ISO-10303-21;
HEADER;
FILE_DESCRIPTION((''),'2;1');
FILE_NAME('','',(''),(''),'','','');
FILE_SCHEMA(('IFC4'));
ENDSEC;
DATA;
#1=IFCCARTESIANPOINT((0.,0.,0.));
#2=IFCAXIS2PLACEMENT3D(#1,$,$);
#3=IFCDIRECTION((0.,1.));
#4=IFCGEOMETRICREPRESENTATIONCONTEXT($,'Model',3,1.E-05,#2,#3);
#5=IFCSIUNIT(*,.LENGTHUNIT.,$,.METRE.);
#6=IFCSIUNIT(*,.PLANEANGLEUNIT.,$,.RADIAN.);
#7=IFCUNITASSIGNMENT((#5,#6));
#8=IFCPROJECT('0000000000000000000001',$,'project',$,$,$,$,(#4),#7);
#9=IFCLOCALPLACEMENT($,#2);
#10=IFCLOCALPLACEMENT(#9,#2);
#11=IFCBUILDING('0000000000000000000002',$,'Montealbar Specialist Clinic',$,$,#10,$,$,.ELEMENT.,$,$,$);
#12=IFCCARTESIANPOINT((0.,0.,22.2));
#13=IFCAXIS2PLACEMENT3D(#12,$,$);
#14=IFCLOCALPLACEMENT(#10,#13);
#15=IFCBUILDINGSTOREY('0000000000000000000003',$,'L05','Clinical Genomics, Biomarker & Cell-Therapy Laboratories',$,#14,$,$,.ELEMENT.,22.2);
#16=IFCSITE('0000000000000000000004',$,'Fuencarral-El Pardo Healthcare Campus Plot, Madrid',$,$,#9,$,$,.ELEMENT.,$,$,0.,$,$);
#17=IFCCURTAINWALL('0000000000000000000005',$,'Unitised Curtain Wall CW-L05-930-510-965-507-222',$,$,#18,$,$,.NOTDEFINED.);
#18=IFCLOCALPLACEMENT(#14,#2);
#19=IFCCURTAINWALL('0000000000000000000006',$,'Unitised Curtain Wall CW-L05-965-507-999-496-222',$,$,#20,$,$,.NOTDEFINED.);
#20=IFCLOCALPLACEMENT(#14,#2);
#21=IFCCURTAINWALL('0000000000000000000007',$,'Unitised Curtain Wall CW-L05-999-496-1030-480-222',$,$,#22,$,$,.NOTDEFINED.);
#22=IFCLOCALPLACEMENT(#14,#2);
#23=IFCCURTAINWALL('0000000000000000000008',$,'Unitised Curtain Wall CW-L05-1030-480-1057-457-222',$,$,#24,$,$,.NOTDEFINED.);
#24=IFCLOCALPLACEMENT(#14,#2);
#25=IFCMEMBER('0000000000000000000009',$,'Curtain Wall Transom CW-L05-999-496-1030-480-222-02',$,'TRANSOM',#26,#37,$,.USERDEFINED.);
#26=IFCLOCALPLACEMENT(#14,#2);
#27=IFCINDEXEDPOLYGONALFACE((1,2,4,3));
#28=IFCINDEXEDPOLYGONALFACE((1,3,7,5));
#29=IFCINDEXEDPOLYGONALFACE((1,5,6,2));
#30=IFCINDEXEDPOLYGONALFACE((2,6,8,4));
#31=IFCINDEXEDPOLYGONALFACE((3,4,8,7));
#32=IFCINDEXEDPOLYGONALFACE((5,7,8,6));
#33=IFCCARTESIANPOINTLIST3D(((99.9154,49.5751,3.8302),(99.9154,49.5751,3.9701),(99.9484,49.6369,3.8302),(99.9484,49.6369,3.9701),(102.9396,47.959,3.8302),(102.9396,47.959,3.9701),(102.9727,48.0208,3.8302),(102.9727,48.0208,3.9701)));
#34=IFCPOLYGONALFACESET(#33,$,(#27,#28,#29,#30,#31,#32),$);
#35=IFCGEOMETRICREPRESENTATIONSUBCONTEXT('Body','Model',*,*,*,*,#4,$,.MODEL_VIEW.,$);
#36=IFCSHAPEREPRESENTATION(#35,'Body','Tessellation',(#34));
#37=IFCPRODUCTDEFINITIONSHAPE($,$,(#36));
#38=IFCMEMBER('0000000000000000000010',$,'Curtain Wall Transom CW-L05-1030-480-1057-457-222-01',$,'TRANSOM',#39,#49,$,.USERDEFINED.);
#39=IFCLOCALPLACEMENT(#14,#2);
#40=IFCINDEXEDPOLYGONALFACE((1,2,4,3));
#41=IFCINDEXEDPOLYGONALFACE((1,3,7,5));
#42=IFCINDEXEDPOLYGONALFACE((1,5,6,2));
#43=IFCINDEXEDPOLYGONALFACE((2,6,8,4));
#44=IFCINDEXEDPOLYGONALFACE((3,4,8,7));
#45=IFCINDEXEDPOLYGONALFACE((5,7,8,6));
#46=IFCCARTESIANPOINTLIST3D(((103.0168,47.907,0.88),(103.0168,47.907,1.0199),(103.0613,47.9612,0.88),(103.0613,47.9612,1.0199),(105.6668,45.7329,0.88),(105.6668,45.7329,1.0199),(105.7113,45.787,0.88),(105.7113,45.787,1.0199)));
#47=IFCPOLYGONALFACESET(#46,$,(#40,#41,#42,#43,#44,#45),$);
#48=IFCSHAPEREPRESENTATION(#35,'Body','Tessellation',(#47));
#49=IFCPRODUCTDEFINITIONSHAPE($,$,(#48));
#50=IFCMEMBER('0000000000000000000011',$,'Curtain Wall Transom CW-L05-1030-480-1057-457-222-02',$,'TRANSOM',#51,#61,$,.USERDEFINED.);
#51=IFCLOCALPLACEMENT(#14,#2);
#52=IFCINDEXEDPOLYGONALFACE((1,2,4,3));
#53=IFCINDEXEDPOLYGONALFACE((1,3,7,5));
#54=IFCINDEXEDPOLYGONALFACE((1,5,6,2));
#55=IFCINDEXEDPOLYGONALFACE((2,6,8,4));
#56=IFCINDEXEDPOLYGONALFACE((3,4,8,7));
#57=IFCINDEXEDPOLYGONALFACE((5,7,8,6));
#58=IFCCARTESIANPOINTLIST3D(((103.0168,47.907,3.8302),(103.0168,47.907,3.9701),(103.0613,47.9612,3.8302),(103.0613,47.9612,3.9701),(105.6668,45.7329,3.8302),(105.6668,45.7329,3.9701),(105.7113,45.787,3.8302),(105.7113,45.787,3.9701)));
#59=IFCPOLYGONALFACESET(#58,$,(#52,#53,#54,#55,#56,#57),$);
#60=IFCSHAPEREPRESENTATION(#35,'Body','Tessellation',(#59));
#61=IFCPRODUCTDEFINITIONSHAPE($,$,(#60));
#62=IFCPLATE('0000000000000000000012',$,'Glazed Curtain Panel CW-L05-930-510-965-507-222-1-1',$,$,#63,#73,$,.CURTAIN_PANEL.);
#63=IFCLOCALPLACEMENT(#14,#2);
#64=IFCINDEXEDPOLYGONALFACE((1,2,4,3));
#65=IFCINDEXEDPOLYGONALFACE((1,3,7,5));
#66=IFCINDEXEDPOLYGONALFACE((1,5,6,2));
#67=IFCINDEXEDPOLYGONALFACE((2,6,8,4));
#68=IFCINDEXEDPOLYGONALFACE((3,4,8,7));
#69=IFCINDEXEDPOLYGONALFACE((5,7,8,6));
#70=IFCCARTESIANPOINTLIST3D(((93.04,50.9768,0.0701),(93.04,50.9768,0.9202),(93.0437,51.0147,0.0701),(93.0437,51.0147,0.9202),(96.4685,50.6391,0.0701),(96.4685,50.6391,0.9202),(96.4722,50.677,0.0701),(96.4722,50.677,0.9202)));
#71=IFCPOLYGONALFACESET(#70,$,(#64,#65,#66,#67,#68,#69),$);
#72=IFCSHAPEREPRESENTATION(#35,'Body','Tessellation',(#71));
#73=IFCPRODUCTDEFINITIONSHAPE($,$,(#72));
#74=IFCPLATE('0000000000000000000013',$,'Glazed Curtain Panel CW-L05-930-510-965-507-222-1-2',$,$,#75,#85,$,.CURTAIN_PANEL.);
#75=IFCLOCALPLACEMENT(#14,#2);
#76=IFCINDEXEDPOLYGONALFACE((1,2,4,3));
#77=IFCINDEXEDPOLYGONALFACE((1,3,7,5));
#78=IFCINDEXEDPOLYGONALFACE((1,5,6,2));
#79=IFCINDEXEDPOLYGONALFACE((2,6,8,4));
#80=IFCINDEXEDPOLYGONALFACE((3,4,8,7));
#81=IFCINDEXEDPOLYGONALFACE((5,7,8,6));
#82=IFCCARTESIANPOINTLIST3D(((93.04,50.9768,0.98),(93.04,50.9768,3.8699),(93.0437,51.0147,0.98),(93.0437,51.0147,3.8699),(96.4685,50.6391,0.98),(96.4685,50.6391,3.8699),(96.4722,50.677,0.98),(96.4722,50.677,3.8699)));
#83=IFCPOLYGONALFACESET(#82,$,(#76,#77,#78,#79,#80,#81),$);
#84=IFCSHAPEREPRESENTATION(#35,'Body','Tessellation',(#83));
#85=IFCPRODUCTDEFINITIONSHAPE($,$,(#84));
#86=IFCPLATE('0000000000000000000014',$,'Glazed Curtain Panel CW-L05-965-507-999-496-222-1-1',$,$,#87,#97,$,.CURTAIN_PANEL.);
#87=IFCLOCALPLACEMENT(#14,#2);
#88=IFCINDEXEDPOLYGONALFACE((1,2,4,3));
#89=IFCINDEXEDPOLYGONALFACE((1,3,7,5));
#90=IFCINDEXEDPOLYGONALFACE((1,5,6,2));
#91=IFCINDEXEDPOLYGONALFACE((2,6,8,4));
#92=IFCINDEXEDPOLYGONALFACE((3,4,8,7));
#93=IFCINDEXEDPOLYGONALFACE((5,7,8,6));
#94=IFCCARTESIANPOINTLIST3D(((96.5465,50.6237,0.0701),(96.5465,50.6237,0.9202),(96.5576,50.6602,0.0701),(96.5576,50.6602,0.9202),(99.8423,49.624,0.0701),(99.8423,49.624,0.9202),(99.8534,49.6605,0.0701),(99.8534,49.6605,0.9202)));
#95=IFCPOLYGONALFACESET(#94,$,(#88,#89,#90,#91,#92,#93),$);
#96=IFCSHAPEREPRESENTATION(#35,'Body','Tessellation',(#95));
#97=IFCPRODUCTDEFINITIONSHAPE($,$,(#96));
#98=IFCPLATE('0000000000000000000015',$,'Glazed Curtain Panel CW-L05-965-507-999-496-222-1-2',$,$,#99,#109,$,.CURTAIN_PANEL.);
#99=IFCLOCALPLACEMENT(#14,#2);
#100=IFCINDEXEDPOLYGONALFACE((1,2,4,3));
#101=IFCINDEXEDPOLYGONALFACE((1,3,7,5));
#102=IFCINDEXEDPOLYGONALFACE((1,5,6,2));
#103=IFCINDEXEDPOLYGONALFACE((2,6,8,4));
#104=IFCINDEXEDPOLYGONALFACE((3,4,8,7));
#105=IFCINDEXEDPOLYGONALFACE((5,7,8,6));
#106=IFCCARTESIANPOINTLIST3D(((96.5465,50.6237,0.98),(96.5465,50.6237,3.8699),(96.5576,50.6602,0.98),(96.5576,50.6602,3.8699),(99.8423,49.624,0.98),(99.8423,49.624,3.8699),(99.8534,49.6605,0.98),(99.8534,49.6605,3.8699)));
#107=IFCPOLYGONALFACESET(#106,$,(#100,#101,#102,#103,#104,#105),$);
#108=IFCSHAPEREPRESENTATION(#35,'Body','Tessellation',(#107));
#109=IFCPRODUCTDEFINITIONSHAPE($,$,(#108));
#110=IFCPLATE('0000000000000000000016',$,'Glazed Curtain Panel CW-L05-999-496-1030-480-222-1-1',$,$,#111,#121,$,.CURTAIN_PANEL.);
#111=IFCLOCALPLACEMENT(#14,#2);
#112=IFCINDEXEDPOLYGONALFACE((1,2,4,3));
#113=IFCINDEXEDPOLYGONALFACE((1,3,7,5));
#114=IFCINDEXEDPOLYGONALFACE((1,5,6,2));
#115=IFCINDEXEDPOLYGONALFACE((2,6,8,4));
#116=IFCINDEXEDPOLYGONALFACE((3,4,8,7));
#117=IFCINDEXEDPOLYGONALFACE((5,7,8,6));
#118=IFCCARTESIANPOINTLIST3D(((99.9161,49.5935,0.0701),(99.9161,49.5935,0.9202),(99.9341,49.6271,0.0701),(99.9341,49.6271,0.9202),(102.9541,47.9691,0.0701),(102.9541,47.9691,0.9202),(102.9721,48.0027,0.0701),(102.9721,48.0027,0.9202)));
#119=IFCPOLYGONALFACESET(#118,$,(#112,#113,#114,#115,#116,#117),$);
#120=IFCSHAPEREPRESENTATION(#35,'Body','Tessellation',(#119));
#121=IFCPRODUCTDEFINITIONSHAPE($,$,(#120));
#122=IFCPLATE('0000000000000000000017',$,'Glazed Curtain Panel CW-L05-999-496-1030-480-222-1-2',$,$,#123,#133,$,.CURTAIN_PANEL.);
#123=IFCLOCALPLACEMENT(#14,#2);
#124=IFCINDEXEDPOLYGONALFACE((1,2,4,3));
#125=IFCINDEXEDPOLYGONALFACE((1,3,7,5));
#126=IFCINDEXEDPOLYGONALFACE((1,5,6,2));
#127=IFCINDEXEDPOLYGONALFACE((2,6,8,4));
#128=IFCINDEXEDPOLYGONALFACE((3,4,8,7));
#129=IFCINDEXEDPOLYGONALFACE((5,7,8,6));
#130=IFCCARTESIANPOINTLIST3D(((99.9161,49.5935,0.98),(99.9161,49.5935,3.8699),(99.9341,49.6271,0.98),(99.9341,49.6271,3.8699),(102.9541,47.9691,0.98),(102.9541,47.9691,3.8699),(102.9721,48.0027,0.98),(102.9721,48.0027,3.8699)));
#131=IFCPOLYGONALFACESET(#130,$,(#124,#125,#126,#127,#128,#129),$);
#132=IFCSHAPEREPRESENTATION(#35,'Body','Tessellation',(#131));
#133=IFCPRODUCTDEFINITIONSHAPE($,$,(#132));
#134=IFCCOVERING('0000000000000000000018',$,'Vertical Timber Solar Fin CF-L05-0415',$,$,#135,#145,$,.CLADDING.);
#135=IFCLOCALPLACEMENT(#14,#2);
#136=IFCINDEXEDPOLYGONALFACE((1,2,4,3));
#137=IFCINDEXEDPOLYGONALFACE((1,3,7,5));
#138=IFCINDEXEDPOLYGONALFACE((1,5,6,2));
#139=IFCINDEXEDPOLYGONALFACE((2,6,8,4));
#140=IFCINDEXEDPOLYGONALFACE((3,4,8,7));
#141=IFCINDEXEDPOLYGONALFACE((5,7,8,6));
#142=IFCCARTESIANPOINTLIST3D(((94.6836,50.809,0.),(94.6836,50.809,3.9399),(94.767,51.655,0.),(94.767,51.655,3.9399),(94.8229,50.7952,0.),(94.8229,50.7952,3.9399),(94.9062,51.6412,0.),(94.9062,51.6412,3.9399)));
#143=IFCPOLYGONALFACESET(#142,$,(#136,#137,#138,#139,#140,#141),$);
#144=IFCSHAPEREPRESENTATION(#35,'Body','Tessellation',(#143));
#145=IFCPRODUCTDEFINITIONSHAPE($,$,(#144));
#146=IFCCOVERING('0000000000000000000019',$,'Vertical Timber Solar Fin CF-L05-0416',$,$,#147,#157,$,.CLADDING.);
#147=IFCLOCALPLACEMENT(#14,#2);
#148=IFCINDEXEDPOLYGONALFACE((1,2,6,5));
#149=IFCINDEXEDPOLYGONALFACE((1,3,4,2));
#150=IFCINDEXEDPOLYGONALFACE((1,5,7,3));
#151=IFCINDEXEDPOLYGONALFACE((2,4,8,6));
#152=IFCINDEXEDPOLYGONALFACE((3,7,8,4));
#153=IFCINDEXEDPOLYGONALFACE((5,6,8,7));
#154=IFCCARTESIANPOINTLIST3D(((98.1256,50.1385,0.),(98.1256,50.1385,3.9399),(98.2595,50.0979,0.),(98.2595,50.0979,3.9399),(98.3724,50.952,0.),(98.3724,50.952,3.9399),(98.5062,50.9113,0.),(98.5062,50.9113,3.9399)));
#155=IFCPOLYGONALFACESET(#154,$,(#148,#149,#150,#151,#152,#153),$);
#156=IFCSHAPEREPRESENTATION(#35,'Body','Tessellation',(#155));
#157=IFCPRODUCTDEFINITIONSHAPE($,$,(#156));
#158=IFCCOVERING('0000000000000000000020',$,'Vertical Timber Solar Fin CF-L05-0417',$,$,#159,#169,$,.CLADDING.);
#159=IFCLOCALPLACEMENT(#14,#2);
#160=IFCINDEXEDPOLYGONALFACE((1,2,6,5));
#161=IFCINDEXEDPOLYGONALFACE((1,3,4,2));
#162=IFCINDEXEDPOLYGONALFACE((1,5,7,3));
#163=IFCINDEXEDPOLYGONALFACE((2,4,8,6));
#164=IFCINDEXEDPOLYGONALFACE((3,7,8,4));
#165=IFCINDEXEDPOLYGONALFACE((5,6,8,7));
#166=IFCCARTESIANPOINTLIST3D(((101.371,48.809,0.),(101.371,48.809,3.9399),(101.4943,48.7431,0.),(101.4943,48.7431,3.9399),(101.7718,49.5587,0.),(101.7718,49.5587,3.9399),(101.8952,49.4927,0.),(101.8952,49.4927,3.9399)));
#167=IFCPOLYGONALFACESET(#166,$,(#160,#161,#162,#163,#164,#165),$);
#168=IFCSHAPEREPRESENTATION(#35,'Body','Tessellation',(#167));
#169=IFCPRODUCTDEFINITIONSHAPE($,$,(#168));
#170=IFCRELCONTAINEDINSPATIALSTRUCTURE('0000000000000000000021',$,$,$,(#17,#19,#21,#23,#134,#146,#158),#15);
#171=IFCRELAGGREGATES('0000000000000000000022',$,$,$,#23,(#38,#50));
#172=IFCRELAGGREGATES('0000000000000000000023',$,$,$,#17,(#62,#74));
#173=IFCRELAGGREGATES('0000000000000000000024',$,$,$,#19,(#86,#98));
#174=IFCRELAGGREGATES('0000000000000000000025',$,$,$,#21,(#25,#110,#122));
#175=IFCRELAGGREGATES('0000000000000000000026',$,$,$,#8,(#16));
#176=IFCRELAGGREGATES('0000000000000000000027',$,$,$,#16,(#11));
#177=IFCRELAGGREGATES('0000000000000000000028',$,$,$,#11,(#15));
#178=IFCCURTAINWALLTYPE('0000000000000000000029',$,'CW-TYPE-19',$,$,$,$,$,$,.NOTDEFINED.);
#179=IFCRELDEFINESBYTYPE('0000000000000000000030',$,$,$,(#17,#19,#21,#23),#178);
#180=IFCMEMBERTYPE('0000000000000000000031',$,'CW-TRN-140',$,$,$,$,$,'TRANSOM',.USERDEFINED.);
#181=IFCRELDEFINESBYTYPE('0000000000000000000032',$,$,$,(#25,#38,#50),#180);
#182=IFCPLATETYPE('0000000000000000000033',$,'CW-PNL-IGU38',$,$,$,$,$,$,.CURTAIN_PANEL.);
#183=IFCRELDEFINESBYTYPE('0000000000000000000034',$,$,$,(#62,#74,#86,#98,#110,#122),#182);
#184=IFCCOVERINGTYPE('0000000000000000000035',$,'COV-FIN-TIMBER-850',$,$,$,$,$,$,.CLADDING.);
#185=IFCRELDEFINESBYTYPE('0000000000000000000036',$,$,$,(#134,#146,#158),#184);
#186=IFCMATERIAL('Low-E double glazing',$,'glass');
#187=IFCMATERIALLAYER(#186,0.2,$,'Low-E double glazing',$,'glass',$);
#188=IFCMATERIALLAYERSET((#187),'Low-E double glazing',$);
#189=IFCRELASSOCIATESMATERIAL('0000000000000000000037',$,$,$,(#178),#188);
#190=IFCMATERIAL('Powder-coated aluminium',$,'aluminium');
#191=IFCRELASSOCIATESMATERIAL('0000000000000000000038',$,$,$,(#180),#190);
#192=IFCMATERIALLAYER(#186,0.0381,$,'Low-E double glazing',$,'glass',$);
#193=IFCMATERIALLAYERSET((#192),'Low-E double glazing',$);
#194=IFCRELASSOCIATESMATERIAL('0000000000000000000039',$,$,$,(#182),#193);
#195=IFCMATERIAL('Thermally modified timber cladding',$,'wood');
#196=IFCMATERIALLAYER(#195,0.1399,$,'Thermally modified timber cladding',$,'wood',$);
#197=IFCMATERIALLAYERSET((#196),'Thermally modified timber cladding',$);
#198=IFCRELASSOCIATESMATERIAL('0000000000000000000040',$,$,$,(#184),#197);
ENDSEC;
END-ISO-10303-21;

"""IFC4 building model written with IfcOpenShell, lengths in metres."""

from ifc_helpers import new_model, si_unit, direction, frame, origin, origin_2d, place, context, subcontext, project, spatial, rectangle, extrude, material, layer, layer_set, material_profile, profile_set, type_object, element, aggregate, save


model = new_model("IFC4")

# Units and contexts
model_context = context("Model", 3, precision=1e-05, world=origin(), true_north=direction((0.0, 1.0)))
body_context = subcontext(model_context, "Body", "Model", "MODEL_VIEW")
ifc_project = project(units=[si_unit("LENGTHUNIT", "METRE"), si_unit("PLANEANGLEUNIT", "RADIAN")], contexts=[model_context])

# Site, building, storey
site_placement = place(None, origin())
site = spatial("IfcSite", under=ifc_project, at=site_placement, Name="Fuencarral-El Pardo Healthcare Campus Plot, Madrid", CompositionType="ELEMENT", RefElevation=0.0)
building_placement = place(site_placement, origin())
building = spatial("IfcBuilding", under=site, at=building_placement, Name="Montealbar Specialist Clinic", CompositionType="ELEMENT")
storey_placement = place(building_placement, frame((0.0, 0.0, 22.2)))
storey = spatial("IfcBuildingStorey", under=building, at=storey_placement, Name="L05", Description="Clinical Genomics, Biomarker & Cell-Therapy Laboratories", CompositionType="ELEMENT", Elevation=22.2)

# Curtain wall
ifc_material_1 = material(Name="Low-E double glazing", Category="glass")
ifc_layer_1 = layer(ifc_material_1, 0.2, Name="Low-E double glazing", Category="glass")
ifc_layer_set_1 = layer_set([ifc_layer_1], Name="Low-E double glazing")
curtain_wall_type = type_object("IfcCurtainWallType", Name="CW-TYPE-19", PredefinedType="NOTDEFINED", material=ifc_layer_set_1)
curtain_wall_1_placement = place(storey_placement, origin())
curtain_wall_1 = element("IfcCurtainWall", 1, at=curtain_wall_1_placement, inside=storey, type_object=curtain_wall_type, Name="Unitised Curtain Wall CW-L05-930-510-965-507-222", PredefinedType="NOTDEFINED")

# Curtain walls
curtain_wall_2_placement = place(storey_placement, origin())
curtain_wall_2 = element("IfcCurtainWall", 2, at=curtain_wall_2_placement, inside=storey, type_object=curtain_wall_type, Name="Unitised Curtain Wall CW-L05-965-507-999-496-222", PredefinedType="NOTDEFINED")
curtain_wall_3_placement = place(storey_placement, origin())
curtain_wall_3 = element("IfcCurtainWall", 3, at=curtain_wall_3_placement, inside=storey, type_object=curtain_wall_type, Name="Unitised Curtain Wall CW-L05-999-496-1030-480-222", PredefinedType="NOTDEFINED")

# Curtain wall
curtain_wall_4_placement = place(storey_placement, origin())
curtain_wall_4 = element("IfcCurtainWall", 4, at=curtain_wall_4_placement, inside=storey, type_object=curtain_wall_type, Name="Unitised Curtain Wall CW-L05-1030-480-1057-457-222", PredefinedType="NOTDEFINED")

# Members
ifc_material_2 = material(Name="Powder-coated aluminium", Category="aluminium")
ifc_material_profile_1 = material_profile(ifc_material_2, rectangle(XDim=0.0701, YDim=0.1399, at=origin_2d()), Name="ALU 70x140", Category="aluminium")
ifc_profile_set_1 = profile_set([ifc_material_profile_1], Name="Powder-coated aluminium")
member_type_1 = type_object("IfcMemberType", Name="CW-TRN-140", ElementType="TRANSOM", PredefinedType="USERDEFINED", material=ifc_profile_set_1)
member_1_placement = place(storey_placement, frame((99.9319, 49.606, 3.9001), z_axis=(0.88198, -0.471287, 0.0), x_axis=(0.471287, 0.88198, 0.0)))
member_1 = element("IfcMember", 5, at=member_1_placement, type_object=member_type_1, Name="Curtain Wall Transom CW-L05-999-496-1030-480-222-02", ObjectType="TRANSOM", PredefinedType="USERDEFINED", context=body_context, shape_type="SweptSolid", body=[
    extrude(rectangle(XDim=0.0701, YDim=0.1399, at=origin_2d()), origin(), (0.0, 0.0, 1.0), 3.429),
])
member_2_placement = place(storey_placement, frame((103.0391, 47.9341, 0.95), z_axis=(0.773103, -0.634281, 0.0), x_axis=(0.634281, 0.773103, 0.0)))
member_2 = element("IfcMember", 6, at=member_2_placement, type_object=member_type_1, Name="Curtain Wall Transom CW-L05-1030-480-1057-457-222-01", ObjectType="TRANSOM", PredefinedType="USERDEFINED", context=body_context, shape_type="SweptSolid", body=[
    extrude(rectangle(XDim=0.0701, YDim=0.1399, at=origin_2d()), origin(), (0.0, 0.0, 1.0), 3.4277),
])
member_3_placement = place(storey_placement, frame((103.0391, 47.9341, 3.9001), z_axis=(0.773103, -0.634281, 0.0), x_axis=(0.634281, 0.773103, 0.0)))
member_3 = element("IfcMember", 7, at=member_3_placement, type_object=member_type_1, Name="Curtain Wall Transom CW-L05-1030-480-1057-457-222-02", ObjectType="TRANSOM", PredefinedType="USERDEFINED", context=body_context, shape_type="SweptSolid", body=[
    extrude(rectangle(XDim=0.0701, YDim=0.1399, at=origin_2d()), origin(), (0.0, 0.0, 1.0), 3.4277),
])
aggregate(curtain_wall_4, [member_2, member_3])

# Plates
ifc_layer_2 = layer(ifc_material_1, 0.0381, Name="Low-E double glazing", Category="glass")
ifc_layer_set_2 = layer_set([ifc_layer_2], Name="Low-E double glazing")
plate_type = type_object("IfcPlateType", Name="CW-PNL-IGU38", PredefinedType="CURTAIN_PANEL", material=ifc_layer_set_2)
plate_1_placement = place(storey_placement, frame((94.7561, 50.8269, 0.0701), z_axis=(0.0, 0.0, 1.0), x_axis=(0.995182, -0.098045, 0.0)))
plate_1 = element("IfcPlate", 8, at=plate_1_placement, type_object=plate_type, Name="Glazed Curtain Panel CW-L05-930-510-965-507-222-1-1", PredefinedType="CURTAIN_PANEL", context=body_context, shape_type="SweptSolid", body=[
    extrude(rectangle(XDim=3.4451, YDim=0.0381, at=origin_2d()), origin(), (0.0, 0.0, 1.0), 0.8501),
])
plate_2_placement = place(storey_placement, frame((94.7561, 50.8269, 0.98), z_axis=(0.0, 0.0, 1.0), x_axis=(0.995182, -0.098045, 0.0)))
plate_2 = element("IfcPlate", 9, at=plate_2_placement, type_object=plate_type, Name="Glazed Curtain Panel CW-L05-930-510-965-507-222-1-2", PredefinedType="CURTAIN_PANEL", context=body_context, shape_type="SweptSolid", body=[
    extrude(rectangle(XDim=3.4451, YDim=0.0381, at=origin_2d()), origin(), (0.0, 0.0, 1.0), 2.8899),
])
aggregate(curtain_wall_1, [plate_1, plate_2])
plate_3_placement = place(storey_placement, frame((98.2, 50.1421, 0.0701), z_axis=(0.0, 0.0, 1.0), x_axis=(0.956948, -0.290259, 0.0)))
plate_3 = element("IfcPlate", 10, at=plate_3_placement, type_object=plate_type, Name="Glazed Curtain Panel CW-L05-965-507-999-496-222-1-1", PredefinedType="CURTAIN_PANEL", context=body_context, shape_type="SweptSolid", body=[
    extrude(rectangle(XDim=3.4441, YDim=0.0381, at=origin_2d()), origin(), (0.0, 0.0, 1.0), 0.8501),
])
plate_4_placement = place(storey_placement, frame((98.2, 50.1421, 0.98), z_axis=(0.0, 0.0, 1.0), x_axis=(0.956948, -0.290259, 0.0)))
plate_4 = element("IfcPlate", 11, at=plate_4_placement, type_object=plate_type, Name="Glazed Curtain Panel CW-L05-965-507-999-496-222-1-2", PredefinedType="CURTAIN_PANEL", context=body_context, shape_type="SweptSolid", body=[
    extrude(rectangle(XDim=3.4441, YDim=0.0381, at=origin_2d()), origin(), (0.0, 0.0, 1.0), 2.8899),
])
aggregate(curtain_wall_2, [plate_3, plate_4])
plate_5_placement = place(storey_placement, frame((101.4441, 48.7981, 0.0701), z_axis=(0.0, 0.0, 1.0), x_axis=(0.88185, -0.471529, 0.0)))
plate_5 = element("IfcPlate", 12, at=plate_5_placement, type_object=plate_type, Name="Glazed Curtain Panel CW-L05-999-496-1030-480-222-1-1", PredefinedType="CURTAIN_PANEL", context=body_context, shape_type="SweptSolid", body=[
    extrude(rectangle(XDim=3.4451, YDim=0.0381, at=origin_2d()), origin(), (0.0, 0.0, 1.0), 0.8501),
])
plate_6_placement = place(storey_placement, frame((101.4441, 48.7981, 0.98), z_axis=(0.0, 0.0, 1.0), x_axis=(0.88185, -0.471529, 0.0)))
plate_6 = element("IfcPlate", 13, at=plate_6_placement, type_object=plate_type, Name="Glazed Curtain Panel CW-L05-999-496-1030-480-222-1-2", PredefinedType="CURTAIN_PANEL", context=body_context, shape_type="SweptSolid", body=[
    extrude(rectangle(XDim=3.4451, YDim=0.0381, at=origin_2d()), origin(), (0.0, 0.0, 1.0), 2.8899),
])
aggregate(curtain_wall_3, [member_1, plate_5, plate_6])

# Coverings
ifc_material_3 = material(Name="Thermally modified timber cladding", Category="wood")
ifc_layer_3 = layer(ifc_material_3, 0.1399, Name="Thermally modified timber cladding", Category="wood")
ifc_layer_set_3 = layer_set([ifc_layer_3], Name="Thermally modified timber cladding")
covering_type = type_object("IfcCoveringType", Name="COV-FIN-TIMBER-850", PredefinedType="CLADDING", material=ifc_layer_set_3)
for number, where, z_axis, x_axis, name in (
    (14, (94.7949, 51.2251, 0.0), (0.0, 0.0, 1.0), (0.098045, 0.995182, 0.0), "Vertical Timber Solar Fin CF-L05-0415"),
    (15, (98.3159, 50.5249, 0.0), (0.0, 0.0, 1.0), (0.290259, 0.956948, 0.0), "Vertical Timber Solar Fin CF-L05-0416"),
    (16, (101.6331, 49.1509, 0.0), (0.0, 0.0, 1.0), (0.471529, 0.88185, 0.0), "Vertical Timber Solar Fin CF-L05-0417"),
):
    element("IfcCovering", number, at=place(storey_placement, frame(where, z_axis=z_axis, x_axis=x_axis)), inside=storey, type_object=covering_type, Name=name, PredefinedType="CLADDING", context=body_context, shape_type="SweptSolid", body=[
        extrude(rectangle(XDim=0.8501, YDim=0.1399, at=origin_2d()), origin(), (0.0, 0.0, 1.0), 3.9399),
    ])

save(model, "model.ifc")
